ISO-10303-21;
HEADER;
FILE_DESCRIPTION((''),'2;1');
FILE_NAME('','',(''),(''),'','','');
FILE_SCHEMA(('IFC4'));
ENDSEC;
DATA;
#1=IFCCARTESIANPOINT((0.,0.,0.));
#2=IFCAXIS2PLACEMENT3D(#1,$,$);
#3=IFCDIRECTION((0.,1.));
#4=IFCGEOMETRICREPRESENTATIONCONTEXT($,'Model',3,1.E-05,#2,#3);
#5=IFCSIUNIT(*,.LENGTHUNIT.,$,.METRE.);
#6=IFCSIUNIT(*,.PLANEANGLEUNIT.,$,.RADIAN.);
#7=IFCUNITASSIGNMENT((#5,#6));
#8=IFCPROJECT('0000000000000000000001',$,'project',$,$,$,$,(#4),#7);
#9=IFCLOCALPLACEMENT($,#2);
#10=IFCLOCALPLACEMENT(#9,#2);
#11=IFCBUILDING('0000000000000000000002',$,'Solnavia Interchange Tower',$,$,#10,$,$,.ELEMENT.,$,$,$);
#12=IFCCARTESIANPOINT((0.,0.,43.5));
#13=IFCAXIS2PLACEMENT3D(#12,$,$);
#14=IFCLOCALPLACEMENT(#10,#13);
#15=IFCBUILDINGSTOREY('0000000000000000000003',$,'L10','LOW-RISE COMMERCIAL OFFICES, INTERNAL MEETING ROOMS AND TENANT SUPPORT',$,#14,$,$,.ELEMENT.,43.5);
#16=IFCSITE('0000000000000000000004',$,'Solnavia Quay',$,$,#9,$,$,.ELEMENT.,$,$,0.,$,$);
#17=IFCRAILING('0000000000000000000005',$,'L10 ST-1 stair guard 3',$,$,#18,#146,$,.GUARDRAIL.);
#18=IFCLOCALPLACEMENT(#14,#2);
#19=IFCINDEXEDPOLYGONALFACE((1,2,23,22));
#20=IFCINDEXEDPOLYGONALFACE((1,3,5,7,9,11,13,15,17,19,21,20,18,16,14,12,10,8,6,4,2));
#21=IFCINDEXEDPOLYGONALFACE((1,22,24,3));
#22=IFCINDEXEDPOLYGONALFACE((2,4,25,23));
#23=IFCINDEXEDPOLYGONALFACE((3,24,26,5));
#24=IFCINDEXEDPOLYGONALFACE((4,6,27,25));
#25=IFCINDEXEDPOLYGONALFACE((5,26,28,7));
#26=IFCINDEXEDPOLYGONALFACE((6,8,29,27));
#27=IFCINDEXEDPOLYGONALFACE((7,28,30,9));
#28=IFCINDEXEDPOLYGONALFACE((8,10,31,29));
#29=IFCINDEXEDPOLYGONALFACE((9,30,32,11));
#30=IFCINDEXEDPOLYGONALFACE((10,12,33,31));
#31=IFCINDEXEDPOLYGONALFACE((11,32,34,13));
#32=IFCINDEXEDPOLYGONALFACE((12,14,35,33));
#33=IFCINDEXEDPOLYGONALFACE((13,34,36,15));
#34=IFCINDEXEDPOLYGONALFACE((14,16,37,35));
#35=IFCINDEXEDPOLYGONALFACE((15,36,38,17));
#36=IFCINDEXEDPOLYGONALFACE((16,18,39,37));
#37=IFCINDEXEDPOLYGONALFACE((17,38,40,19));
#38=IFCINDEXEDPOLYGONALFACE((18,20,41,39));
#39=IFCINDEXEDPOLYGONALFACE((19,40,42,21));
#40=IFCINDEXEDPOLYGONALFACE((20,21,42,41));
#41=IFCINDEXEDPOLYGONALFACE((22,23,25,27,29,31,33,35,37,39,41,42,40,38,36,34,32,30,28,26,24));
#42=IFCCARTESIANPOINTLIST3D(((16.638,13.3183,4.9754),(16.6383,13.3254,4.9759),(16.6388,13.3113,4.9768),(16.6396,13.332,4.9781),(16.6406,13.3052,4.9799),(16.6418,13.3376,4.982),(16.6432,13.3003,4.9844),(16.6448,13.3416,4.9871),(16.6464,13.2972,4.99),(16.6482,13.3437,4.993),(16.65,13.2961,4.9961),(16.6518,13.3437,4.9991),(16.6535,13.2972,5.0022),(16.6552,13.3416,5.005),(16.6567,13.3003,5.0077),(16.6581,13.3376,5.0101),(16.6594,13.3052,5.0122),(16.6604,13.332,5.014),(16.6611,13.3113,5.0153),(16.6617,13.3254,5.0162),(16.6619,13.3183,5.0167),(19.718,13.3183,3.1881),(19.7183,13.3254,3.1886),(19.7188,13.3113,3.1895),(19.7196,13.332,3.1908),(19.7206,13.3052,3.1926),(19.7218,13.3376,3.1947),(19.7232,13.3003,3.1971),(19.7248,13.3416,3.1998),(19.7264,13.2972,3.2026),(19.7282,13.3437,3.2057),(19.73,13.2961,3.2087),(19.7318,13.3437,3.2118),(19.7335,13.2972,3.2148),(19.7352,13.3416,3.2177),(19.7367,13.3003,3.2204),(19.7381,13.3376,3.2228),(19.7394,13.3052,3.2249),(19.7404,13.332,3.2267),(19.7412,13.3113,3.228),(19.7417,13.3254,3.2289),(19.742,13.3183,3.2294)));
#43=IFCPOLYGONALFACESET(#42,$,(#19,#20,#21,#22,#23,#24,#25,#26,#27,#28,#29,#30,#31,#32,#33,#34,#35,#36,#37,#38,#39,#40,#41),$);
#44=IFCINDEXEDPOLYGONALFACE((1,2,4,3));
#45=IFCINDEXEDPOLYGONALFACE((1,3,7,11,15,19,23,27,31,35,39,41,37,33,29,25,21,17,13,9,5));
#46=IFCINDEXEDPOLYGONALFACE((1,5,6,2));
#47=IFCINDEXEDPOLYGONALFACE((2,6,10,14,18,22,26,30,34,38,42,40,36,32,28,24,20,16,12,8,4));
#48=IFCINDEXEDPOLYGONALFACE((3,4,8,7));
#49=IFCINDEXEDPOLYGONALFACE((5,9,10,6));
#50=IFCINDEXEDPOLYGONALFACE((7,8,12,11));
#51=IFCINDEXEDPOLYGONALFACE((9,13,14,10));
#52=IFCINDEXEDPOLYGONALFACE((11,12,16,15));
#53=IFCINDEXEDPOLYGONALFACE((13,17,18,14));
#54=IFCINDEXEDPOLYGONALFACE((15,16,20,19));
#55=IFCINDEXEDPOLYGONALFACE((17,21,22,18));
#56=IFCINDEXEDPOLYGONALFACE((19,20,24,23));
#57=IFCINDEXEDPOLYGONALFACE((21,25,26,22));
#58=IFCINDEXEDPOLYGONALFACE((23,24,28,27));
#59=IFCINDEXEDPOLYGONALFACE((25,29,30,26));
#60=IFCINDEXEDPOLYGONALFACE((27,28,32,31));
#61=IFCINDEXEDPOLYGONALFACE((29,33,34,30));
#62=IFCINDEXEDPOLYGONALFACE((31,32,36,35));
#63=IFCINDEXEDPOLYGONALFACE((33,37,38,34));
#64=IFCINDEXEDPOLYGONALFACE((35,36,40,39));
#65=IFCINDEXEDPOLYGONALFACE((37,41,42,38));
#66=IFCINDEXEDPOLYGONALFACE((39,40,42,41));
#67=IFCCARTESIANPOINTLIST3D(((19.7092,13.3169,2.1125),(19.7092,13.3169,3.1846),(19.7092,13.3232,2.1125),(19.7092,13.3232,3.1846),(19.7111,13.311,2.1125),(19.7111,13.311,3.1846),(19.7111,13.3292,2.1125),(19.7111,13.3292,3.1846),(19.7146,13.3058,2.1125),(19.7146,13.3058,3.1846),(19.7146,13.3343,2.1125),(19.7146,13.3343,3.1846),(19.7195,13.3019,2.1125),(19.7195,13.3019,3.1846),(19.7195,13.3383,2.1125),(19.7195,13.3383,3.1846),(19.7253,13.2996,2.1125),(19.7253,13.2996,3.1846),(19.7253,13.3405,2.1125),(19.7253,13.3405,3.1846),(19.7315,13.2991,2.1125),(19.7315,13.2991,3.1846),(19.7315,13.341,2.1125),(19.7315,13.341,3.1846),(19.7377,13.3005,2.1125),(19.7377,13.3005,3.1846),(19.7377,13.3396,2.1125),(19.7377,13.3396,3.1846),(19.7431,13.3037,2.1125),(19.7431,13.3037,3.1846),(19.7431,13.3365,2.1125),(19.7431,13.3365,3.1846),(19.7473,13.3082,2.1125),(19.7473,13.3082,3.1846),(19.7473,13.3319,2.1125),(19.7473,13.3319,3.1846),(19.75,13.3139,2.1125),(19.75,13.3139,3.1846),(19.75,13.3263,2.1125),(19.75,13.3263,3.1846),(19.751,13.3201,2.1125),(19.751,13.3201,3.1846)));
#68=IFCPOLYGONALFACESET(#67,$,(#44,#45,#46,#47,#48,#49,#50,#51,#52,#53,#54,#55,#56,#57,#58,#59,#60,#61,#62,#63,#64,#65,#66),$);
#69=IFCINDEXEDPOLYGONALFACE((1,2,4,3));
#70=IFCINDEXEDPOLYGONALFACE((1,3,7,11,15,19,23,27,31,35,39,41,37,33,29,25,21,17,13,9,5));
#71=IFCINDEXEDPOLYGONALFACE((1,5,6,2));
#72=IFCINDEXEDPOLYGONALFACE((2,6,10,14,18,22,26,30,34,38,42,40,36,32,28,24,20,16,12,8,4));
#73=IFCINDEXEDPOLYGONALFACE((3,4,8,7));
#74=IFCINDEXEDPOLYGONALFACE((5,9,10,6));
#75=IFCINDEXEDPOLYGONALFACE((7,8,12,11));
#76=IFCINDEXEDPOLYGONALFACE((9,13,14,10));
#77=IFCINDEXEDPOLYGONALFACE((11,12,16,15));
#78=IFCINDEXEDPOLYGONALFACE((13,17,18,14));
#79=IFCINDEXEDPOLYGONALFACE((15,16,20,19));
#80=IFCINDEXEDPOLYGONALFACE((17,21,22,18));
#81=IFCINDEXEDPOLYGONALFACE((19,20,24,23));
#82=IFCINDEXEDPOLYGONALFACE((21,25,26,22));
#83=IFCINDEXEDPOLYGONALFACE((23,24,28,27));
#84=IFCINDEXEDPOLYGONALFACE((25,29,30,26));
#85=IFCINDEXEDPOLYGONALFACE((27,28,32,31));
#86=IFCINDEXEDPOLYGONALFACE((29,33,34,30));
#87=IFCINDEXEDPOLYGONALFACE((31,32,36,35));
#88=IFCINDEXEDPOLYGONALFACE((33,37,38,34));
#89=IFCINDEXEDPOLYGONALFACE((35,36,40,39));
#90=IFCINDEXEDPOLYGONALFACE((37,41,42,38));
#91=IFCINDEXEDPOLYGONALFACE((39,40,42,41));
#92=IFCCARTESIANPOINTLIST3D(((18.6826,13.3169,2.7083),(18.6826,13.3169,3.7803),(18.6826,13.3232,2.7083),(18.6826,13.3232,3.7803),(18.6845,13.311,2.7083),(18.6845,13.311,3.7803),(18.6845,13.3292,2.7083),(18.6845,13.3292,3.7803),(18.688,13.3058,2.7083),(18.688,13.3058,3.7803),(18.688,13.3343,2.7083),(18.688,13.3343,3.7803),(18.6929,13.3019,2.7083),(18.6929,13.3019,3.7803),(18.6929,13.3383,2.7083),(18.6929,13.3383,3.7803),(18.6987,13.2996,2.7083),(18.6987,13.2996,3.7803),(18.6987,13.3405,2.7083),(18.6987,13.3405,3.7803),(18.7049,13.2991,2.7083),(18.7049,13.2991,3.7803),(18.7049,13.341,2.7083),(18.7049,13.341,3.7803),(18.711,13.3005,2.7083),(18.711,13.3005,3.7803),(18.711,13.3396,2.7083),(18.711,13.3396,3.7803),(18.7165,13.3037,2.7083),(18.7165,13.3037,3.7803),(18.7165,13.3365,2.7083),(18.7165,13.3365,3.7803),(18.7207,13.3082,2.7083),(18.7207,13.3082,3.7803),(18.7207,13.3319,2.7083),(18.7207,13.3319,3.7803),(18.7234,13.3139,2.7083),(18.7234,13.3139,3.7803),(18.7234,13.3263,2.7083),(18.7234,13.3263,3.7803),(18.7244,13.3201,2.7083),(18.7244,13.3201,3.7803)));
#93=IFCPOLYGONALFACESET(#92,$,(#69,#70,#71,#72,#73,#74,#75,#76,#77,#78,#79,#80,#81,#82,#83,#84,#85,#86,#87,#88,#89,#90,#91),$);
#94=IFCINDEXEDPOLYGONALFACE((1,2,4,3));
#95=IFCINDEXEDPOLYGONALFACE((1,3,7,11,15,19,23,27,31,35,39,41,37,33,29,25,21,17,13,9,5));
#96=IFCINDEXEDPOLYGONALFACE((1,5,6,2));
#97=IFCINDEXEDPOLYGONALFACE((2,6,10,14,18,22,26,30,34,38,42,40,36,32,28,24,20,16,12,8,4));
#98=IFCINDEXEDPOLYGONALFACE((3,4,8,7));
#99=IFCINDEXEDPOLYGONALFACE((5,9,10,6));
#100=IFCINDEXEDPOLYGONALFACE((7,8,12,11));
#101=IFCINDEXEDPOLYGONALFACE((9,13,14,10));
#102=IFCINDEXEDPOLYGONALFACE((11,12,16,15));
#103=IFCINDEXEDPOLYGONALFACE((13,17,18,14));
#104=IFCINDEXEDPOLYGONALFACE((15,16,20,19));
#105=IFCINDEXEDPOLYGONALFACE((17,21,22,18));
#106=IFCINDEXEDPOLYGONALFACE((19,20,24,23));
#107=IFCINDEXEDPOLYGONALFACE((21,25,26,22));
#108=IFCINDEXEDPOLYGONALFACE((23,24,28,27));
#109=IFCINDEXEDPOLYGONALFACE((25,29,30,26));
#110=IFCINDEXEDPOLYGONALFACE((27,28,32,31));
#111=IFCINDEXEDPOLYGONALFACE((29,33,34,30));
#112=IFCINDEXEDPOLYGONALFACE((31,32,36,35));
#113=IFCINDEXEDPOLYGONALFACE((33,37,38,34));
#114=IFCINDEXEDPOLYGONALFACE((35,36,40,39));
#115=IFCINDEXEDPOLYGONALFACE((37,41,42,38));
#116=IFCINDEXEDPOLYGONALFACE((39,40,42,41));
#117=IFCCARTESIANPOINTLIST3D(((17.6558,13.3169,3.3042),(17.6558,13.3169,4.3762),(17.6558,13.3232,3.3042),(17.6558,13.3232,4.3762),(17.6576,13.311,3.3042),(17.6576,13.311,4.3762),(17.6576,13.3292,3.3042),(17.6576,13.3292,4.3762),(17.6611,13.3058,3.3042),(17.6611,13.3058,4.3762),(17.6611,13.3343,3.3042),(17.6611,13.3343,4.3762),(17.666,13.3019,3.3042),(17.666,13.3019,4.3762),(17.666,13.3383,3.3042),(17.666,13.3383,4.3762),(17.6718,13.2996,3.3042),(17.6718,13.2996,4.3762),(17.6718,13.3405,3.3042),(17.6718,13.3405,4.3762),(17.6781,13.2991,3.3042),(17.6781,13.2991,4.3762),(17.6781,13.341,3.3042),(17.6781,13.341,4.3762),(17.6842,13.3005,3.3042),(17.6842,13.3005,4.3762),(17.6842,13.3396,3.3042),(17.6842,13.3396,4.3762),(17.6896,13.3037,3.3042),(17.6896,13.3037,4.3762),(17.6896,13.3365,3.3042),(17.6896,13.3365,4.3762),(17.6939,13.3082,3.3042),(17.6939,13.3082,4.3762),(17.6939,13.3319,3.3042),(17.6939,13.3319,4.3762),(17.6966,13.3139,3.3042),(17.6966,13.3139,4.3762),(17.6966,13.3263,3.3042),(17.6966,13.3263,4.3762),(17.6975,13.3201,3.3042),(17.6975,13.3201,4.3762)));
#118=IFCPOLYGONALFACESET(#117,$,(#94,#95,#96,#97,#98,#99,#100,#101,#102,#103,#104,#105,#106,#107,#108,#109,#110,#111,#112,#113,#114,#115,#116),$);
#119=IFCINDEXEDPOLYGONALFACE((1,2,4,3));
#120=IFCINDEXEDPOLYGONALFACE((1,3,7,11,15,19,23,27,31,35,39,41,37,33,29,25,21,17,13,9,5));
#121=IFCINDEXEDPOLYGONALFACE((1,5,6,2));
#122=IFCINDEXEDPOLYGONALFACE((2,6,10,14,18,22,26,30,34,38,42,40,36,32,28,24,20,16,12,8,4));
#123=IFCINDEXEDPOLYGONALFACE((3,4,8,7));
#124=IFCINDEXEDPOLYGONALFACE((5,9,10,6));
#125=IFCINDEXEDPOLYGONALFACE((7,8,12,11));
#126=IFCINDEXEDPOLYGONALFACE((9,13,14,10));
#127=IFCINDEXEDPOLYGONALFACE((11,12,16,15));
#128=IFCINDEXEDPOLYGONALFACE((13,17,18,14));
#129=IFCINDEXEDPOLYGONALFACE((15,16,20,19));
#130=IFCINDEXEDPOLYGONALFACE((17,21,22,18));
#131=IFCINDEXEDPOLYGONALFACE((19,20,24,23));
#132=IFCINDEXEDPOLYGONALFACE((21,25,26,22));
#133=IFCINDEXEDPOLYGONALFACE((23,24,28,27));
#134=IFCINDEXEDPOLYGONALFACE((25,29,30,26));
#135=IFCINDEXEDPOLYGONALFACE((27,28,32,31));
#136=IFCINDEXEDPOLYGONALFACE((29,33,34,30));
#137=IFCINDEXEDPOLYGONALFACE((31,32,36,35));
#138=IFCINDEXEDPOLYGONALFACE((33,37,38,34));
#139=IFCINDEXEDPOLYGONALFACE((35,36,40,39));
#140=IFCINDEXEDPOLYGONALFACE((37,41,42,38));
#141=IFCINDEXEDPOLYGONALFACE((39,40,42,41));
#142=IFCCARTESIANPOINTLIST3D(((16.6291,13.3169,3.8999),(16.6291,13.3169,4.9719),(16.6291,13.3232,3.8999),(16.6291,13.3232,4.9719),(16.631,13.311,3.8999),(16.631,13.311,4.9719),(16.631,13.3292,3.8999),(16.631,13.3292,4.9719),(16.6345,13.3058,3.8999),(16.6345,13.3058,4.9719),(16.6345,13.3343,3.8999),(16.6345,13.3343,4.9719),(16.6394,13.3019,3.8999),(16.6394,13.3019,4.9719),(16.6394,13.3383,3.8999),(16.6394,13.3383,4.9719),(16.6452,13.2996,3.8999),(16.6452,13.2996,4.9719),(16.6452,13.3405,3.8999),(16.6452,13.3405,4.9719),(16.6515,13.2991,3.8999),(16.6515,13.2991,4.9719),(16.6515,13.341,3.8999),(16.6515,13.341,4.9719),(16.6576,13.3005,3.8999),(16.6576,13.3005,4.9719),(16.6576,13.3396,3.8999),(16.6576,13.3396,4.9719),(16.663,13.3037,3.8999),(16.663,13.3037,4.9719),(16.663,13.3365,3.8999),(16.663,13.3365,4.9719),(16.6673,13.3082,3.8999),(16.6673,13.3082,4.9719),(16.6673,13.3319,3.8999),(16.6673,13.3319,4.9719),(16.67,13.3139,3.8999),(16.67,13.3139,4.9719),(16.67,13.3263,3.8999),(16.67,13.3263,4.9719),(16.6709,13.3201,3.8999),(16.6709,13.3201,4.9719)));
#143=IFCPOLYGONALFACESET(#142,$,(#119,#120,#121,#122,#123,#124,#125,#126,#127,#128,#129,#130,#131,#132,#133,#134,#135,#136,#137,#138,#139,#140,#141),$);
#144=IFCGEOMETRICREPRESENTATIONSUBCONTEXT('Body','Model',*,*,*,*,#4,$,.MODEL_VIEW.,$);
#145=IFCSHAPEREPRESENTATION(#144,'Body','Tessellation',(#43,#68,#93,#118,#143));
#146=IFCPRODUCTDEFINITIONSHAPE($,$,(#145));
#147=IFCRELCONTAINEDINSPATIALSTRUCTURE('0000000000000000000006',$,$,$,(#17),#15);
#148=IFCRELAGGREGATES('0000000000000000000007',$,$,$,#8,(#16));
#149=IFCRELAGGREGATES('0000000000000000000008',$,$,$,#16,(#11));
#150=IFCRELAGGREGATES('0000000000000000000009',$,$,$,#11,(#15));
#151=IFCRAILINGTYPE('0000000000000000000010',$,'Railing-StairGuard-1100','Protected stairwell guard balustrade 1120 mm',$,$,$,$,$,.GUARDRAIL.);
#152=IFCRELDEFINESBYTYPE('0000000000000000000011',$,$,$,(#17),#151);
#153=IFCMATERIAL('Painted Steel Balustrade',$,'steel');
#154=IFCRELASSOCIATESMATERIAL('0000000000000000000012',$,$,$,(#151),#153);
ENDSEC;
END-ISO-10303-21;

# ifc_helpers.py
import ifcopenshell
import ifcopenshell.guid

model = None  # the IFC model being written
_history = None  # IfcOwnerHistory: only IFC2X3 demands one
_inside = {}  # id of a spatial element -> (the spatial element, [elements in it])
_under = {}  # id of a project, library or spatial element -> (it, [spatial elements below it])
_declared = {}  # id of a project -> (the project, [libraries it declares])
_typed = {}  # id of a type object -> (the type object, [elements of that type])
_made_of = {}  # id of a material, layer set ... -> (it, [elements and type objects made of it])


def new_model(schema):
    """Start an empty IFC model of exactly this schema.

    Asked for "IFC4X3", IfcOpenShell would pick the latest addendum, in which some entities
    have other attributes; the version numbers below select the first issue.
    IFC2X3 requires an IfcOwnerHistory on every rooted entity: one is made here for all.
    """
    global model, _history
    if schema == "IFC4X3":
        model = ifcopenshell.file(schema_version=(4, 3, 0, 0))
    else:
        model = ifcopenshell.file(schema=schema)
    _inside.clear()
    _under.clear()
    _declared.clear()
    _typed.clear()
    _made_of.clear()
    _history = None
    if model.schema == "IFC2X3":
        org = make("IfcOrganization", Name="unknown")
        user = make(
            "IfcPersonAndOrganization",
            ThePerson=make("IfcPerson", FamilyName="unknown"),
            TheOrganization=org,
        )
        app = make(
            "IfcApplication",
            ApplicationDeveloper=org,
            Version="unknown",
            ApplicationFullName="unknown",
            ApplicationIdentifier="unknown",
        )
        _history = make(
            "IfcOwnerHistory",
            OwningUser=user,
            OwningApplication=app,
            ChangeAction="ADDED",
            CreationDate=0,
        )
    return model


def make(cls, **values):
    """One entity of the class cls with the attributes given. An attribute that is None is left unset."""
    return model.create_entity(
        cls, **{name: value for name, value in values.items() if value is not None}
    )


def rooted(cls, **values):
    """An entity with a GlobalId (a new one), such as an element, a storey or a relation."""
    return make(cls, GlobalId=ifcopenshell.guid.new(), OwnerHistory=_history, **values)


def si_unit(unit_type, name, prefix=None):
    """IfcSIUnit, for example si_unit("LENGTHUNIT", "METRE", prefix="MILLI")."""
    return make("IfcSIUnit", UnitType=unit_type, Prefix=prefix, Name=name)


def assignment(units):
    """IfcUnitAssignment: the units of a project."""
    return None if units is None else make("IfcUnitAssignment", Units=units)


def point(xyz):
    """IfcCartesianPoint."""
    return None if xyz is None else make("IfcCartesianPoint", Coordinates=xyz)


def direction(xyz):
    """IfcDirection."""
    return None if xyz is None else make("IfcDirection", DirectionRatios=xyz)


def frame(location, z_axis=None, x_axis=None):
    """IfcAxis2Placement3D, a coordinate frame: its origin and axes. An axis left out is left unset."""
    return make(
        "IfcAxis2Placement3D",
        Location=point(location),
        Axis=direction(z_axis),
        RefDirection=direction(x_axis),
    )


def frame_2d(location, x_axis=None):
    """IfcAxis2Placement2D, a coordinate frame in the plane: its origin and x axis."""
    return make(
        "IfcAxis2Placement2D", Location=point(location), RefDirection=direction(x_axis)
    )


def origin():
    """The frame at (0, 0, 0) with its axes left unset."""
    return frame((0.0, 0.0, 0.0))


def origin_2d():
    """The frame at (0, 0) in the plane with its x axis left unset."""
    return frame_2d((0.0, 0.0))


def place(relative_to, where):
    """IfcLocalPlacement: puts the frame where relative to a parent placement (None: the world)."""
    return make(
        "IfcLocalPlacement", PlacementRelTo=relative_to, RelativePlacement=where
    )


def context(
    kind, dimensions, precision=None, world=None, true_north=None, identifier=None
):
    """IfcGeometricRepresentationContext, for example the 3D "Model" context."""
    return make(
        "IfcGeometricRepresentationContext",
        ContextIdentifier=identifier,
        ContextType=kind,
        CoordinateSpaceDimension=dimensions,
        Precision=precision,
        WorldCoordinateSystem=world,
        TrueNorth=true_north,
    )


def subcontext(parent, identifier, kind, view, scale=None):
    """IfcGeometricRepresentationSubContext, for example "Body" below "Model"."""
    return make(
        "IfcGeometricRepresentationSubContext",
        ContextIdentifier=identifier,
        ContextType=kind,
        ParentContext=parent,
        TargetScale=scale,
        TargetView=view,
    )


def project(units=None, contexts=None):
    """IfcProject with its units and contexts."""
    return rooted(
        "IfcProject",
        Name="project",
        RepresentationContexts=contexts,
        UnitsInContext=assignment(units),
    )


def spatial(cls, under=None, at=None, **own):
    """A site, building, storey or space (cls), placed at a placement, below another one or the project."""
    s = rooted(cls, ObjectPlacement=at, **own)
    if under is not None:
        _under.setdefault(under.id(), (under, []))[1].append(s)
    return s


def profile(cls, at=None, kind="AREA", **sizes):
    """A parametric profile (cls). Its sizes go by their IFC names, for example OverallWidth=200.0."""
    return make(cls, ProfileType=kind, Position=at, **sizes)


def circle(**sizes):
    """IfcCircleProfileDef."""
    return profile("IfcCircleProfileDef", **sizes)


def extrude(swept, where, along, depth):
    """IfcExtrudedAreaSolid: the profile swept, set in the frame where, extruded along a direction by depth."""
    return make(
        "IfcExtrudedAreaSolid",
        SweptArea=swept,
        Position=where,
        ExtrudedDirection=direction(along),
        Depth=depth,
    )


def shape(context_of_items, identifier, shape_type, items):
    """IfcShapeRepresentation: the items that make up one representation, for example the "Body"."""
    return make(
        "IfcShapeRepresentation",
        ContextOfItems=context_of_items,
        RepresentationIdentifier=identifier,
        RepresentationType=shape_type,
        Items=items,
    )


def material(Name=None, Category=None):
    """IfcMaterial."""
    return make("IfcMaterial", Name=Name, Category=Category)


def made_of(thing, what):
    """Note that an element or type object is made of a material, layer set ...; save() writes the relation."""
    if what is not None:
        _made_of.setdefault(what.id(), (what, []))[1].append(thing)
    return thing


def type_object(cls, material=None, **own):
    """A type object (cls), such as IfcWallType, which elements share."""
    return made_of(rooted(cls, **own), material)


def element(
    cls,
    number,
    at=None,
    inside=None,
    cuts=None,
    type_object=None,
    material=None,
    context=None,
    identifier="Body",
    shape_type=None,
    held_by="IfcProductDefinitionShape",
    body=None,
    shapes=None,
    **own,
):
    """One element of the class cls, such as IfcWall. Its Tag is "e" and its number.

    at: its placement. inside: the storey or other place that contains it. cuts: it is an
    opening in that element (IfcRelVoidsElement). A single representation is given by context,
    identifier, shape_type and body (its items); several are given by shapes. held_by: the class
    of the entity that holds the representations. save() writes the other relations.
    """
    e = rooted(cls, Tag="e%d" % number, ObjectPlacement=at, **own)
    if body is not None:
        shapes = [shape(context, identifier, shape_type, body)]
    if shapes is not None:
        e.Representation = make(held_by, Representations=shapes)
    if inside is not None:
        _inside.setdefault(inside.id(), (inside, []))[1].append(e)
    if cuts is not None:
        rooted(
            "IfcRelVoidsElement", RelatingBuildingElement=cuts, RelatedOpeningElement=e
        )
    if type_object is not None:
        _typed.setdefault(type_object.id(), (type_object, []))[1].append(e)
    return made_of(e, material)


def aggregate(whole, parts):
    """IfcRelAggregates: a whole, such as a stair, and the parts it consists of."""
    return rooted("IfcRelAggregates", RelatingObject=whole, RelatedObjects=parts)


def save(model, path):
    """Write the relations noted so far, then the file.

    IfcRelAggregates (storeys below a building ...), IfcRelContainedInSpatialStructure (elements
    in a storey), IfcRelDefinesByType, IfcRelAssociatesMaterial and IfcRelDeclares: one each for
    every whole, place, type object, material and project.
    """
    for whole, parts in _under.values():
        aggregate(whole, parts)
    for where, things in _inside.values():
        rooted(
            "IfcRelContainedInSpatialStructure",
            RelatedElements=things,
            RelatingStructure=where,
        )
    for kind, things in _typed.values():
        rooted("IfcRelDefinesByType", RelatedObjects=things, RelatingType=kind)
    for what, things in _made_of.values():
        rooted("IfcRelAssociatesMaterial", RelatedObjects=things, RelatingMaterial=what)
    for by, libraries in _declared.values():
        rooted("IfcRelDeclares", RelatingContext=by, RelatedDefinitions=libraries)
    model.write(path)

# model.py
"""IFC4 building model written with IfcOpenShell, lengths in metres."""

from ifc_helpers import new_model, si_unit, direction, frame, origin, origin_2d, place, context, subcontext, project, spatial, circle, extrude, material, type_object, element, save


model = new_model("IFC4")

# Units and contexts
model_context = context("Model", 3, precision=1e-05, world=origin(), true_north=direction((0.0, 1.0)))
body_context = subcontext(model_context, "Body", "Model", "MODEL_VIEW")
ifc_project = project(units=[si_unit("LENGTHUNIT", "METRE"), si_unit("PLANEANGLEUNIT", "RADIAN")], contexts=[model_context])

# Site, building, storey
site_placement = place(None, origin())
site = spatial("IfcSite", under=ifc_project, at=site_placement, Name="Solnavia Quay", CompositionType="ELEMENT", RefElevation=0.0)
building_placement = place(site_placement, origin())
building = spatial("IfcBuilding", under=site, at=building_placement, Name="Solnavia Interchange Tower", CompositionType="ELEMENT")
storey_placement = place(building_placement, frame((0.0, 0.0, 43.5)))
storey = spatial("IfcBuildingStorey", under=building, at=storey_placement, Name="L10", Description="LOW-RISE COMMERCIAL OFFICES, INTERNAL MEETING ROOMS AND TENANT SUPPORT", CompositionType="ELEMENT", Elevation=43.5)

# Railing
ifc_material_1 = material(Name="Painted Steel Balustrade", Category="steel")
railing_type_1 = type_object("IfcRailingType", Name="Railing-StairGuard-1100", Description="Protected stairwell guard balustrade 1120 mm", PredefinedType="GUARDRAIL", material=ifc_material_1)
railing_1_placement = place(storey_placement, frame((19.73, 13.3201, 2.1125)))
element("IfcRailing", 1, at=railing_1_placement, inside=storey, type_object=railing_type_1, Name="L10 ST-1 stair guard 3", PredefinedType="GUARDRAIL", context=body_context, shape_type="SweptSolid", body=[
    extrude(circle(Radius=0.0239, at=origin_2d()), frame((0.0, 0.0, 1.0962), z_axis=(-0.86492, 0.0, 0.501909), x_axis=(0.0, -1.0, 0.0)), (0.0, 0.0, 1.0), 3.561),
    extrude(circle(Radius=0.021, at=origin_2d()), origin(), (0.0, 0.0, 1.0), 1.072),
    extrude(circle(Radius=0.021, at=origin_2d()), frame((-1.0266, 0.0, 0.5957)), (0.0, 0.0, 1.0), 1.072),
    extrude(circle(Radius=0.021, at=origin_2d()), frame((-2.0535, 0.0, 1.1917)), (0.0, 0.0, 1.0), 1.072),
    extrude(circle(Radius=0.021, at=origin_2d()), frame((-3.0801, 0.0, 1.7874)), (0.0, 0.0, 1.0), 1.072),
])

save(model, "model.ifc")
